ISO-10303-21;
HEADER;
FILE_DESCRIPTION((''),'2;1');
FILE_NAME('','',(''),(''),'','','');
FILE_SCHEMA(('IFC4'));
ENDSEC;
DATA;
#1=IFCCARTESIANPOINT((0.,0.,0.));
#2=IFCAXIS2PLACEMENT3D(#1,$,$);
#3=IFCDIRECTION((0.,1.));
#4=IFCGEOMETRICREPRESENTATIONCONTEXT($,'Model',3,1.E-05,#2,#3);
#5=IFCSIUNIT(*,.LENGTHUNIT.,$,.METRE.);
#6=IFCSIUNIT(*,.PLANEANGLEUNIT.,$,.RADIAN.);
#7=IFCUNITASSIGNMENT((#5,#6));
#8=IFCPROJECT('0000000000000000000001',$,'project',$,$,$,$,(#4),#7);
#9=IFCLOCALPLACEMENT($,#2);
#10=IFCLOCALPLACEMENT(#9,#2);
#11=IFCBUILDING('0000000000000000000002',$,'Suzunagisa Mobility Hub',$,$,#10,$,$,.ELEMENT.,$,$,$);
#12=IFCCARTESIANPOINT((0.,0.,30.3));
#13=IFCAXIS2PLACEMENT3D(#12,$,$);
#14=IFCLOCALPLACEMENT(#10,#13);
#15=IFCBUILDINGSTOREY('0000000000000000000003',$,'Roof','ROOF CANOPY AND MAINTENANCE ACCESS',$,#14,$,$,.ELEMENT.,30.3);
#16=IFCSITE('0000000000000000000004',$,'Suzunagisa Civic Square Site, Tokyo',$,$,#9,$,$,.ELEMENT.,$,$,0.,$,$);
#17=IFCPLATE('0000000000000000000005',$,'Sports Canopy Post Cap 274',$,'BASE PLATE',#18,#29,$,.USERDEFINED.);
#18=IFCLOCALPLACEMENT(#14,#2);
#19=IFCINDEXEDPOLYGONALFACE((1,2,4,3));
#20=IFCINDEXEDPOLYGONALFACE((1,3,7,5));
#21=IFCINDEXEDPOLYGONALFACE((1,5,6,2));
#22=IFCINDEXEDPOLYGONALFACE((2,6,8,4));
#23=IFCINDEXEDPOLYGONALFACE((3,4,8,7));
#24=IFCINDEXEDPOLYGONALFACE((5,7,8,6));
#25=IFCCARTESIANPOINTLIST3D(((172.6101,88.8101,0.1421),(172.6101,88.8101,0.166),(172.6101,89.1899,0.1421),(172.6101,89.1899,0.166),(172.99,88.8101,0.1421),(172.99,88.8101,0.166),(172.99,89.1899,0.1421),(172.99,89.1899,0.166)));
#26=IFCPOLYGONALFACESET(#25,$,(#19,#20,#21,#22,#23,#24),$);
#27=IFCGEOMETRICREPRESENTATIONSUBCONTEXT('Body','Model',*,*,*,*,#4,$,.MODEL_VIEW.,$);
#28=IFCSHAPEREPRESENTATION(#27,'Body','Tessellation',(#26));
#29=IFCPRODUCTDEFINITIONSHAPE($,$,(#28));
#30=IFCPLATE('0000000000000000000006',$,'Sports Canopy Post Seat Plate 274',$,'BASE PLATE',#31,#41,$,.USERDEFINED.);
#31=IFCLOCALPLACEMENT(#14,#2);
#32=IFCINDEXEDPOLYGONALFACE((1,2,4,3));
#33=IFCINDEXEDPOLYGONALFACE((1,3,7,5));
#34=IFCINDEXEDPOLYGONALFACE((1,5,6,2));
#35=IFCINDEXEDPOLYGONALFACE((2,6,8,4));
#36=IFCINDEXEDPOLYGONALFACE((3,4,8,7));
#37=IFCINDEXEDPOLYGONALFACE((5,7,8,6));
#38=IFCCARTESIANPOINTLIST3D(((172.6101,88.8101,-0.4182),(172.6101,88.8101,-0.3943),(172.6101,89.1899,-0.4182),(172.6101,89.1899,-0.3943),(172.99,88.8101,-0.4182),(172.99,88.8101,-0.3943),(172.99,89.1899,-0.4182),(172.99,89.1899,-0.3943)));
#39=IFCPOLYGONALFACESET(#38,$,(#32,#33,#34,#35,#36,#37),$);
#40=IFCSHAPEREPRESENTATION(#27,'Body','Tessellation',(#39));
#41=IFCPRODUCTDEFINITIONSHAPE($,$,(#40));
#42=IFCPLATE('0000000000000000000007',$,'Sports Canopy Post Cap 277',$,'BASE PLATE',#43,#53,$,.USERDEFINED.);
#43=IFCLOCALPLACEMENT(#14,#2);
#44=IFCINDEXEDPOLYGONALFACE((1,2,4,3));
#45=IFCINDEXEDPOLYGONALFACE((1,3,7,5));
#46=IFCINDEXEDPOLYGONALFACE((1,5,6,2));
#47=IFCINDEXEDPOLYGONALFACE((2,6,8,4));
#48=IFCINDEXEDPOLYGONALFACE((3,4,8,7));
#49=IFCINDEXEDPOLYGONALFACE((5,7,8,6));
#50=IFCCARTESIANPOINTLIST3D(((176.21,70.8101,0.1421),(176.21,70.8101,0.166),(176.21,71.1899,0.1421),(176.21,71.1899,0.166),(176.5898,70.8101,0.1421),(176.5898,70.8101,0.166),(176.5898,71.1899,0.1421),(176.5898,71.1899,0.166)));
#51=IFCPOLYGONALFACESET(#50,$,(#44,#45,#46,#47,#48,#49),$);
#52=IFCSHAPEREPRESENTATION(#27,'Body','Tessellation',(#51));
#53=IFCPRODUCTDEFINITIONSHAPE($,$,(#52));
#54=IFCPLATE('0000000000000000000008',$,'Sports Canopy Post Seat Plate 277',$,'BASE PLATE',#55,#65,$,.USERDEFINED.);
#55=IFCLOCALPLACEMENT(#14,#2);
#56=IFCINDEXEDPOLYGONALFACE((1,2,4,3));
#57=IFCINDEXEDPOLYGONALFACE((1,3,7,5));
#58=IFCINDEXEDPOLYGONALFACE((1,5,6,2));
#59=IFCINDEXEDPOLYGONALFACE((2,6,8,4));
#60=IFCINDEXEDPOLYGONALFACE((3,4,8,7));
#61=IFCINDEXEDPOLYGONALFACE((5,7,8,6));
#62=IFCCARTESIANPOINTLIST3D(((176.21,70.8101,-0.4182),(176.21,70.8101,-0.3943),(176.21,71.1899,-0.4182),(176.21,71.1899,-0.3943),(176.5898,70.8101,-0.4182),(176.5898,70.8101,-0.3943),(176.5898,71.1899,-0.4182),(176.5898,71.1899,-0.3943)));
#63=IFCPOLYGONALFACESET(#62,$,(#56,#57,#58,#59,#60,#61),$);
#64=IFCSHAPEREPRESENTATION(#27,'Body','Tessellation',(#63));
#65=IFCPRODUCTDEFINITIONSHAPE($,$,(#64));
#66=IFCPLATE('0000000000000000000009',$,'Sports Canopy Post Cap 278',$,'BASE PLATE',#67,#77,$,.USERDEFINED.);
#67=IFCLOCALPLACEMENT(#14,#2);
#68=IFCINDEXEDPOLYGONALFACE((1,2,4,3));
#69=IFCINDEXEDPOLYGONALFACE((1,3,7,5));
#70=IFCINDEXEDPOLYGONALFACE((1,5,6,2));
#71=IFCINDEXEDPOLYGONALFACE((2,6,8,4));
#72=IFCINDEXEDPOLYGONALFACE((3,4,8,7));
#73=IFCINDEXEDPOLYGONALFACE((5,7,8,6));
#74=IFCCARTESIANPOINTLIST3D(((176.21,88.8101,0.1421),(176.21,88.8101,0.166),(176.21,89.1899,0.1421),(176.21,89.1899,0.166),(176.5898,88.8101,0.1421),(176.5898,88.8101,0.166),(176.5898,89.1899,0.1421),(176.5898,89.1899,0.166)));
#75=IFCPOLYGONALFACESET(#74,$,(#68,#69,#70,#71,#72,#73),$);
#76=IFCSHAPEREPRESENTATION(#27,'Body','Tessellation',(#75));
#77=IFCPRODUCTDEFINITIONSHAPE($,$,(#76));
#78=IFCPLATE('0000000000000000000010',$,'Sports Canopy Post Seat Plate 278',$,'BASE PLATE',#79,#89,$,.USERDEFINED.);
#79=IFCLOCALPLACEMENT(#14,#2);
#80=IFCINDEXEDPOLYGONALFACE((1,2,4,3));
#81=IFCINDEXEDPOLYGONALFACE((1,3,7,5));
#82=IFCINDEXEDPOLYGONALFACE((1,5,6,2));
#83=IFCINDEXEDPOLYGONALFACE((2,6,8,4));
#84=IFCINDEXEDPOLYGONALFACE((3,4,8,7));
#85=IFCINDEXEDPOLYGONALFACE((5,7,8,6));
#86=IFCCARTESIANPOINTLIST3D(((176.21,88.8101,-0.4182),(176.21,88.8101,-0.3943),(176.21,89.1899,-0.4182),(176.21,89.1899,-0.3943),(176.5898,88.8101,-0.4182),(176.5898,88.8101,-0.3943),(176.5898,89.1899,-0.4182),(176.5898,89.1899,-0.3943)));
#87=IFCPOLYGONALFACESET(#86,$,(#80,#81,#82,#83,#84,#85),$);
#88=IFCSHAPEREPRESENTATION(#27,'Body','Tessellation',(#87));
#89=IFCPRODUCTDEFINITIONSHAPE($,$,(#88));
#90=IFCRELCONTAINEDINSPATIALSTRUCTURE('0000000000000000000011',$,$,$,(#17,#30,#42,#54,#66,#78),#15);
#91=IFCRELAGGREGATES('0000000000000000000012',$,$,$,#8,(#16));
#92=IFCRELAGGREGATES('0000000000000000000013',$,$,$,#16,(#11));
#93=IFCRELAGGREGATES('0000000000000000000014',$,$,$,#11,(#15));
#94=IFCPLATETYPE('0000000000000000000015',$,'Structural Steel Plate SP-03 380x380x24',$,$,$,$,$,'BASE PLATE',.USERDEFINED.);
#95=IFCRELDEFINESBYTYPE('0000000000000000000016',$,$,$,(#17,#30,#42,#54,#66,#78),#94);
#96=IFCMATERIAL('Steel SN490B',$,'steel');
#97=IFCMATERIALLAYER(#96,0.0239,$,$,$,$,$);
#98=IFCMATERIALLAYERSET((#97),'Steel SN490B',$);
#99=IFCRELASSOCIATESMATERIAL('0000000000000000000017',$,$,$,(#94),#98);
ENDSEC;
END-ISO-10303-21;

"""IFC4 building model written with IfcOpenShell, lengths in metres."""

from ifc_helpers import new_model, si_unit, direction, frame, origin, origin_2d, place, context, subcontext, project, spatial, rectangle, extrude, material, layer, layer_set, type_object, element, save


model = new_model("IFC4")

# Units and contexts
model_context = context("Model", 3, precision=1e-05, world=origin(), true_north=direction((0.0, 1.0)))
body_context = subcontext(model_context, "Body", "Model", "MODEL_VIEW")
ifc_project = project(units=[si_unit("LENGTHUNIT", "METRE"), si_unit("PLANEANGLEUNIT", "RADIAN")], contexts=[model_context])

# Site, building, storey
site_placement = place(None, origin())
site = spatial("IfcSite", under=ifc_project, at=site_placement, Name="Suzunagisa Civic Square Site, Tokyo", CompositionType="ELEMENT", RefElevation=0.0)
building_placement = place(site_placement, origin())
building = spatial("IfcBuilding", under=site, at=building_placement, Name="Suzunagisa Mobility Hub", CompositionType="ELEMENT")
storey_placement = place(building_placement, frame((0.0, 0.0, 30.3)))
storey = spatial("IfcBuildingStorey", under=building, at=storey_placement, Name="Roof", Description="ROOF CANOPY AND MAINTENANCE ACCESS", CompositionType="ELEMENT", Elevation=30.3)

# Plates
ifc_material_1 = material(Name="Steel SN490B", Category="steel")
ifc_layer = layer(ifc_material_1, 0.0239)
ifc_layer_set = layer_set([ifc_layer], Name="Steel SN490B")
plate_type = type_object("IfcPlateType", Name="Structural Steel Plate SP-03 380x380x24", ElementType="BASE PLATE", PredefinedType="USERDEFINED", material=ifc_layer_set)
for number, where, z_axis, x_axis, name in (
    (1, (172.8, 89.0, 0.1421), (0.0, 0.0, 1.0), (1.0, 0.0, 0.0), "Sports Canopy Post Cap 274"),
    (2, (172.8, 89.0, -0.4182), (0.0, 0.0, 1.0), (1.0, 0.0, 0.0), "Sports Canopy Post Seat Plate 274"),
    (3, (176.3999, 71.0, 0.1421), (0.0, 0.0, 1.0), (1.0, 0.0, 0.0), "Sports Canopy Post Cap 277"),
    (4, (176.3999, 71.0, -0.4182), (0.0, 0.0, 1.0), (1.0, 0.0, 0.0), "Sports Canopy Post Seat Plate 277"),
    (5, (176.3999, 89.0, 0.1421), (0.0, 0.0, 1.0), (1.0, 0.0, 0.0), "Sports Canopy Post Cap 278"),
    (6, (176.3999, 89.0, -0.4182), (0.0, 0.0, 1.0), (1.0, 0.0, 0.0), "Sports Canopy Post Seat Plate 278"),
):
    element("IfcPlate", number, at=place(storey_placement, frame(where, z_axis=z_axis, x_axis=x_axis)), inside=storey, type_object=plate_type, Name=name, ObjectType="BASE PLATE", PredefinedType="USERDEFINED", context=body_context, shape_type="SweptSolid", body=[
        extrude(rectangle(XDim=0.3799, YDim=0.3799, at=origin_2d()), origin(), (0.0, 0.0, 1.0), 0.0239),
    ])

save(model, "model.ifc")
